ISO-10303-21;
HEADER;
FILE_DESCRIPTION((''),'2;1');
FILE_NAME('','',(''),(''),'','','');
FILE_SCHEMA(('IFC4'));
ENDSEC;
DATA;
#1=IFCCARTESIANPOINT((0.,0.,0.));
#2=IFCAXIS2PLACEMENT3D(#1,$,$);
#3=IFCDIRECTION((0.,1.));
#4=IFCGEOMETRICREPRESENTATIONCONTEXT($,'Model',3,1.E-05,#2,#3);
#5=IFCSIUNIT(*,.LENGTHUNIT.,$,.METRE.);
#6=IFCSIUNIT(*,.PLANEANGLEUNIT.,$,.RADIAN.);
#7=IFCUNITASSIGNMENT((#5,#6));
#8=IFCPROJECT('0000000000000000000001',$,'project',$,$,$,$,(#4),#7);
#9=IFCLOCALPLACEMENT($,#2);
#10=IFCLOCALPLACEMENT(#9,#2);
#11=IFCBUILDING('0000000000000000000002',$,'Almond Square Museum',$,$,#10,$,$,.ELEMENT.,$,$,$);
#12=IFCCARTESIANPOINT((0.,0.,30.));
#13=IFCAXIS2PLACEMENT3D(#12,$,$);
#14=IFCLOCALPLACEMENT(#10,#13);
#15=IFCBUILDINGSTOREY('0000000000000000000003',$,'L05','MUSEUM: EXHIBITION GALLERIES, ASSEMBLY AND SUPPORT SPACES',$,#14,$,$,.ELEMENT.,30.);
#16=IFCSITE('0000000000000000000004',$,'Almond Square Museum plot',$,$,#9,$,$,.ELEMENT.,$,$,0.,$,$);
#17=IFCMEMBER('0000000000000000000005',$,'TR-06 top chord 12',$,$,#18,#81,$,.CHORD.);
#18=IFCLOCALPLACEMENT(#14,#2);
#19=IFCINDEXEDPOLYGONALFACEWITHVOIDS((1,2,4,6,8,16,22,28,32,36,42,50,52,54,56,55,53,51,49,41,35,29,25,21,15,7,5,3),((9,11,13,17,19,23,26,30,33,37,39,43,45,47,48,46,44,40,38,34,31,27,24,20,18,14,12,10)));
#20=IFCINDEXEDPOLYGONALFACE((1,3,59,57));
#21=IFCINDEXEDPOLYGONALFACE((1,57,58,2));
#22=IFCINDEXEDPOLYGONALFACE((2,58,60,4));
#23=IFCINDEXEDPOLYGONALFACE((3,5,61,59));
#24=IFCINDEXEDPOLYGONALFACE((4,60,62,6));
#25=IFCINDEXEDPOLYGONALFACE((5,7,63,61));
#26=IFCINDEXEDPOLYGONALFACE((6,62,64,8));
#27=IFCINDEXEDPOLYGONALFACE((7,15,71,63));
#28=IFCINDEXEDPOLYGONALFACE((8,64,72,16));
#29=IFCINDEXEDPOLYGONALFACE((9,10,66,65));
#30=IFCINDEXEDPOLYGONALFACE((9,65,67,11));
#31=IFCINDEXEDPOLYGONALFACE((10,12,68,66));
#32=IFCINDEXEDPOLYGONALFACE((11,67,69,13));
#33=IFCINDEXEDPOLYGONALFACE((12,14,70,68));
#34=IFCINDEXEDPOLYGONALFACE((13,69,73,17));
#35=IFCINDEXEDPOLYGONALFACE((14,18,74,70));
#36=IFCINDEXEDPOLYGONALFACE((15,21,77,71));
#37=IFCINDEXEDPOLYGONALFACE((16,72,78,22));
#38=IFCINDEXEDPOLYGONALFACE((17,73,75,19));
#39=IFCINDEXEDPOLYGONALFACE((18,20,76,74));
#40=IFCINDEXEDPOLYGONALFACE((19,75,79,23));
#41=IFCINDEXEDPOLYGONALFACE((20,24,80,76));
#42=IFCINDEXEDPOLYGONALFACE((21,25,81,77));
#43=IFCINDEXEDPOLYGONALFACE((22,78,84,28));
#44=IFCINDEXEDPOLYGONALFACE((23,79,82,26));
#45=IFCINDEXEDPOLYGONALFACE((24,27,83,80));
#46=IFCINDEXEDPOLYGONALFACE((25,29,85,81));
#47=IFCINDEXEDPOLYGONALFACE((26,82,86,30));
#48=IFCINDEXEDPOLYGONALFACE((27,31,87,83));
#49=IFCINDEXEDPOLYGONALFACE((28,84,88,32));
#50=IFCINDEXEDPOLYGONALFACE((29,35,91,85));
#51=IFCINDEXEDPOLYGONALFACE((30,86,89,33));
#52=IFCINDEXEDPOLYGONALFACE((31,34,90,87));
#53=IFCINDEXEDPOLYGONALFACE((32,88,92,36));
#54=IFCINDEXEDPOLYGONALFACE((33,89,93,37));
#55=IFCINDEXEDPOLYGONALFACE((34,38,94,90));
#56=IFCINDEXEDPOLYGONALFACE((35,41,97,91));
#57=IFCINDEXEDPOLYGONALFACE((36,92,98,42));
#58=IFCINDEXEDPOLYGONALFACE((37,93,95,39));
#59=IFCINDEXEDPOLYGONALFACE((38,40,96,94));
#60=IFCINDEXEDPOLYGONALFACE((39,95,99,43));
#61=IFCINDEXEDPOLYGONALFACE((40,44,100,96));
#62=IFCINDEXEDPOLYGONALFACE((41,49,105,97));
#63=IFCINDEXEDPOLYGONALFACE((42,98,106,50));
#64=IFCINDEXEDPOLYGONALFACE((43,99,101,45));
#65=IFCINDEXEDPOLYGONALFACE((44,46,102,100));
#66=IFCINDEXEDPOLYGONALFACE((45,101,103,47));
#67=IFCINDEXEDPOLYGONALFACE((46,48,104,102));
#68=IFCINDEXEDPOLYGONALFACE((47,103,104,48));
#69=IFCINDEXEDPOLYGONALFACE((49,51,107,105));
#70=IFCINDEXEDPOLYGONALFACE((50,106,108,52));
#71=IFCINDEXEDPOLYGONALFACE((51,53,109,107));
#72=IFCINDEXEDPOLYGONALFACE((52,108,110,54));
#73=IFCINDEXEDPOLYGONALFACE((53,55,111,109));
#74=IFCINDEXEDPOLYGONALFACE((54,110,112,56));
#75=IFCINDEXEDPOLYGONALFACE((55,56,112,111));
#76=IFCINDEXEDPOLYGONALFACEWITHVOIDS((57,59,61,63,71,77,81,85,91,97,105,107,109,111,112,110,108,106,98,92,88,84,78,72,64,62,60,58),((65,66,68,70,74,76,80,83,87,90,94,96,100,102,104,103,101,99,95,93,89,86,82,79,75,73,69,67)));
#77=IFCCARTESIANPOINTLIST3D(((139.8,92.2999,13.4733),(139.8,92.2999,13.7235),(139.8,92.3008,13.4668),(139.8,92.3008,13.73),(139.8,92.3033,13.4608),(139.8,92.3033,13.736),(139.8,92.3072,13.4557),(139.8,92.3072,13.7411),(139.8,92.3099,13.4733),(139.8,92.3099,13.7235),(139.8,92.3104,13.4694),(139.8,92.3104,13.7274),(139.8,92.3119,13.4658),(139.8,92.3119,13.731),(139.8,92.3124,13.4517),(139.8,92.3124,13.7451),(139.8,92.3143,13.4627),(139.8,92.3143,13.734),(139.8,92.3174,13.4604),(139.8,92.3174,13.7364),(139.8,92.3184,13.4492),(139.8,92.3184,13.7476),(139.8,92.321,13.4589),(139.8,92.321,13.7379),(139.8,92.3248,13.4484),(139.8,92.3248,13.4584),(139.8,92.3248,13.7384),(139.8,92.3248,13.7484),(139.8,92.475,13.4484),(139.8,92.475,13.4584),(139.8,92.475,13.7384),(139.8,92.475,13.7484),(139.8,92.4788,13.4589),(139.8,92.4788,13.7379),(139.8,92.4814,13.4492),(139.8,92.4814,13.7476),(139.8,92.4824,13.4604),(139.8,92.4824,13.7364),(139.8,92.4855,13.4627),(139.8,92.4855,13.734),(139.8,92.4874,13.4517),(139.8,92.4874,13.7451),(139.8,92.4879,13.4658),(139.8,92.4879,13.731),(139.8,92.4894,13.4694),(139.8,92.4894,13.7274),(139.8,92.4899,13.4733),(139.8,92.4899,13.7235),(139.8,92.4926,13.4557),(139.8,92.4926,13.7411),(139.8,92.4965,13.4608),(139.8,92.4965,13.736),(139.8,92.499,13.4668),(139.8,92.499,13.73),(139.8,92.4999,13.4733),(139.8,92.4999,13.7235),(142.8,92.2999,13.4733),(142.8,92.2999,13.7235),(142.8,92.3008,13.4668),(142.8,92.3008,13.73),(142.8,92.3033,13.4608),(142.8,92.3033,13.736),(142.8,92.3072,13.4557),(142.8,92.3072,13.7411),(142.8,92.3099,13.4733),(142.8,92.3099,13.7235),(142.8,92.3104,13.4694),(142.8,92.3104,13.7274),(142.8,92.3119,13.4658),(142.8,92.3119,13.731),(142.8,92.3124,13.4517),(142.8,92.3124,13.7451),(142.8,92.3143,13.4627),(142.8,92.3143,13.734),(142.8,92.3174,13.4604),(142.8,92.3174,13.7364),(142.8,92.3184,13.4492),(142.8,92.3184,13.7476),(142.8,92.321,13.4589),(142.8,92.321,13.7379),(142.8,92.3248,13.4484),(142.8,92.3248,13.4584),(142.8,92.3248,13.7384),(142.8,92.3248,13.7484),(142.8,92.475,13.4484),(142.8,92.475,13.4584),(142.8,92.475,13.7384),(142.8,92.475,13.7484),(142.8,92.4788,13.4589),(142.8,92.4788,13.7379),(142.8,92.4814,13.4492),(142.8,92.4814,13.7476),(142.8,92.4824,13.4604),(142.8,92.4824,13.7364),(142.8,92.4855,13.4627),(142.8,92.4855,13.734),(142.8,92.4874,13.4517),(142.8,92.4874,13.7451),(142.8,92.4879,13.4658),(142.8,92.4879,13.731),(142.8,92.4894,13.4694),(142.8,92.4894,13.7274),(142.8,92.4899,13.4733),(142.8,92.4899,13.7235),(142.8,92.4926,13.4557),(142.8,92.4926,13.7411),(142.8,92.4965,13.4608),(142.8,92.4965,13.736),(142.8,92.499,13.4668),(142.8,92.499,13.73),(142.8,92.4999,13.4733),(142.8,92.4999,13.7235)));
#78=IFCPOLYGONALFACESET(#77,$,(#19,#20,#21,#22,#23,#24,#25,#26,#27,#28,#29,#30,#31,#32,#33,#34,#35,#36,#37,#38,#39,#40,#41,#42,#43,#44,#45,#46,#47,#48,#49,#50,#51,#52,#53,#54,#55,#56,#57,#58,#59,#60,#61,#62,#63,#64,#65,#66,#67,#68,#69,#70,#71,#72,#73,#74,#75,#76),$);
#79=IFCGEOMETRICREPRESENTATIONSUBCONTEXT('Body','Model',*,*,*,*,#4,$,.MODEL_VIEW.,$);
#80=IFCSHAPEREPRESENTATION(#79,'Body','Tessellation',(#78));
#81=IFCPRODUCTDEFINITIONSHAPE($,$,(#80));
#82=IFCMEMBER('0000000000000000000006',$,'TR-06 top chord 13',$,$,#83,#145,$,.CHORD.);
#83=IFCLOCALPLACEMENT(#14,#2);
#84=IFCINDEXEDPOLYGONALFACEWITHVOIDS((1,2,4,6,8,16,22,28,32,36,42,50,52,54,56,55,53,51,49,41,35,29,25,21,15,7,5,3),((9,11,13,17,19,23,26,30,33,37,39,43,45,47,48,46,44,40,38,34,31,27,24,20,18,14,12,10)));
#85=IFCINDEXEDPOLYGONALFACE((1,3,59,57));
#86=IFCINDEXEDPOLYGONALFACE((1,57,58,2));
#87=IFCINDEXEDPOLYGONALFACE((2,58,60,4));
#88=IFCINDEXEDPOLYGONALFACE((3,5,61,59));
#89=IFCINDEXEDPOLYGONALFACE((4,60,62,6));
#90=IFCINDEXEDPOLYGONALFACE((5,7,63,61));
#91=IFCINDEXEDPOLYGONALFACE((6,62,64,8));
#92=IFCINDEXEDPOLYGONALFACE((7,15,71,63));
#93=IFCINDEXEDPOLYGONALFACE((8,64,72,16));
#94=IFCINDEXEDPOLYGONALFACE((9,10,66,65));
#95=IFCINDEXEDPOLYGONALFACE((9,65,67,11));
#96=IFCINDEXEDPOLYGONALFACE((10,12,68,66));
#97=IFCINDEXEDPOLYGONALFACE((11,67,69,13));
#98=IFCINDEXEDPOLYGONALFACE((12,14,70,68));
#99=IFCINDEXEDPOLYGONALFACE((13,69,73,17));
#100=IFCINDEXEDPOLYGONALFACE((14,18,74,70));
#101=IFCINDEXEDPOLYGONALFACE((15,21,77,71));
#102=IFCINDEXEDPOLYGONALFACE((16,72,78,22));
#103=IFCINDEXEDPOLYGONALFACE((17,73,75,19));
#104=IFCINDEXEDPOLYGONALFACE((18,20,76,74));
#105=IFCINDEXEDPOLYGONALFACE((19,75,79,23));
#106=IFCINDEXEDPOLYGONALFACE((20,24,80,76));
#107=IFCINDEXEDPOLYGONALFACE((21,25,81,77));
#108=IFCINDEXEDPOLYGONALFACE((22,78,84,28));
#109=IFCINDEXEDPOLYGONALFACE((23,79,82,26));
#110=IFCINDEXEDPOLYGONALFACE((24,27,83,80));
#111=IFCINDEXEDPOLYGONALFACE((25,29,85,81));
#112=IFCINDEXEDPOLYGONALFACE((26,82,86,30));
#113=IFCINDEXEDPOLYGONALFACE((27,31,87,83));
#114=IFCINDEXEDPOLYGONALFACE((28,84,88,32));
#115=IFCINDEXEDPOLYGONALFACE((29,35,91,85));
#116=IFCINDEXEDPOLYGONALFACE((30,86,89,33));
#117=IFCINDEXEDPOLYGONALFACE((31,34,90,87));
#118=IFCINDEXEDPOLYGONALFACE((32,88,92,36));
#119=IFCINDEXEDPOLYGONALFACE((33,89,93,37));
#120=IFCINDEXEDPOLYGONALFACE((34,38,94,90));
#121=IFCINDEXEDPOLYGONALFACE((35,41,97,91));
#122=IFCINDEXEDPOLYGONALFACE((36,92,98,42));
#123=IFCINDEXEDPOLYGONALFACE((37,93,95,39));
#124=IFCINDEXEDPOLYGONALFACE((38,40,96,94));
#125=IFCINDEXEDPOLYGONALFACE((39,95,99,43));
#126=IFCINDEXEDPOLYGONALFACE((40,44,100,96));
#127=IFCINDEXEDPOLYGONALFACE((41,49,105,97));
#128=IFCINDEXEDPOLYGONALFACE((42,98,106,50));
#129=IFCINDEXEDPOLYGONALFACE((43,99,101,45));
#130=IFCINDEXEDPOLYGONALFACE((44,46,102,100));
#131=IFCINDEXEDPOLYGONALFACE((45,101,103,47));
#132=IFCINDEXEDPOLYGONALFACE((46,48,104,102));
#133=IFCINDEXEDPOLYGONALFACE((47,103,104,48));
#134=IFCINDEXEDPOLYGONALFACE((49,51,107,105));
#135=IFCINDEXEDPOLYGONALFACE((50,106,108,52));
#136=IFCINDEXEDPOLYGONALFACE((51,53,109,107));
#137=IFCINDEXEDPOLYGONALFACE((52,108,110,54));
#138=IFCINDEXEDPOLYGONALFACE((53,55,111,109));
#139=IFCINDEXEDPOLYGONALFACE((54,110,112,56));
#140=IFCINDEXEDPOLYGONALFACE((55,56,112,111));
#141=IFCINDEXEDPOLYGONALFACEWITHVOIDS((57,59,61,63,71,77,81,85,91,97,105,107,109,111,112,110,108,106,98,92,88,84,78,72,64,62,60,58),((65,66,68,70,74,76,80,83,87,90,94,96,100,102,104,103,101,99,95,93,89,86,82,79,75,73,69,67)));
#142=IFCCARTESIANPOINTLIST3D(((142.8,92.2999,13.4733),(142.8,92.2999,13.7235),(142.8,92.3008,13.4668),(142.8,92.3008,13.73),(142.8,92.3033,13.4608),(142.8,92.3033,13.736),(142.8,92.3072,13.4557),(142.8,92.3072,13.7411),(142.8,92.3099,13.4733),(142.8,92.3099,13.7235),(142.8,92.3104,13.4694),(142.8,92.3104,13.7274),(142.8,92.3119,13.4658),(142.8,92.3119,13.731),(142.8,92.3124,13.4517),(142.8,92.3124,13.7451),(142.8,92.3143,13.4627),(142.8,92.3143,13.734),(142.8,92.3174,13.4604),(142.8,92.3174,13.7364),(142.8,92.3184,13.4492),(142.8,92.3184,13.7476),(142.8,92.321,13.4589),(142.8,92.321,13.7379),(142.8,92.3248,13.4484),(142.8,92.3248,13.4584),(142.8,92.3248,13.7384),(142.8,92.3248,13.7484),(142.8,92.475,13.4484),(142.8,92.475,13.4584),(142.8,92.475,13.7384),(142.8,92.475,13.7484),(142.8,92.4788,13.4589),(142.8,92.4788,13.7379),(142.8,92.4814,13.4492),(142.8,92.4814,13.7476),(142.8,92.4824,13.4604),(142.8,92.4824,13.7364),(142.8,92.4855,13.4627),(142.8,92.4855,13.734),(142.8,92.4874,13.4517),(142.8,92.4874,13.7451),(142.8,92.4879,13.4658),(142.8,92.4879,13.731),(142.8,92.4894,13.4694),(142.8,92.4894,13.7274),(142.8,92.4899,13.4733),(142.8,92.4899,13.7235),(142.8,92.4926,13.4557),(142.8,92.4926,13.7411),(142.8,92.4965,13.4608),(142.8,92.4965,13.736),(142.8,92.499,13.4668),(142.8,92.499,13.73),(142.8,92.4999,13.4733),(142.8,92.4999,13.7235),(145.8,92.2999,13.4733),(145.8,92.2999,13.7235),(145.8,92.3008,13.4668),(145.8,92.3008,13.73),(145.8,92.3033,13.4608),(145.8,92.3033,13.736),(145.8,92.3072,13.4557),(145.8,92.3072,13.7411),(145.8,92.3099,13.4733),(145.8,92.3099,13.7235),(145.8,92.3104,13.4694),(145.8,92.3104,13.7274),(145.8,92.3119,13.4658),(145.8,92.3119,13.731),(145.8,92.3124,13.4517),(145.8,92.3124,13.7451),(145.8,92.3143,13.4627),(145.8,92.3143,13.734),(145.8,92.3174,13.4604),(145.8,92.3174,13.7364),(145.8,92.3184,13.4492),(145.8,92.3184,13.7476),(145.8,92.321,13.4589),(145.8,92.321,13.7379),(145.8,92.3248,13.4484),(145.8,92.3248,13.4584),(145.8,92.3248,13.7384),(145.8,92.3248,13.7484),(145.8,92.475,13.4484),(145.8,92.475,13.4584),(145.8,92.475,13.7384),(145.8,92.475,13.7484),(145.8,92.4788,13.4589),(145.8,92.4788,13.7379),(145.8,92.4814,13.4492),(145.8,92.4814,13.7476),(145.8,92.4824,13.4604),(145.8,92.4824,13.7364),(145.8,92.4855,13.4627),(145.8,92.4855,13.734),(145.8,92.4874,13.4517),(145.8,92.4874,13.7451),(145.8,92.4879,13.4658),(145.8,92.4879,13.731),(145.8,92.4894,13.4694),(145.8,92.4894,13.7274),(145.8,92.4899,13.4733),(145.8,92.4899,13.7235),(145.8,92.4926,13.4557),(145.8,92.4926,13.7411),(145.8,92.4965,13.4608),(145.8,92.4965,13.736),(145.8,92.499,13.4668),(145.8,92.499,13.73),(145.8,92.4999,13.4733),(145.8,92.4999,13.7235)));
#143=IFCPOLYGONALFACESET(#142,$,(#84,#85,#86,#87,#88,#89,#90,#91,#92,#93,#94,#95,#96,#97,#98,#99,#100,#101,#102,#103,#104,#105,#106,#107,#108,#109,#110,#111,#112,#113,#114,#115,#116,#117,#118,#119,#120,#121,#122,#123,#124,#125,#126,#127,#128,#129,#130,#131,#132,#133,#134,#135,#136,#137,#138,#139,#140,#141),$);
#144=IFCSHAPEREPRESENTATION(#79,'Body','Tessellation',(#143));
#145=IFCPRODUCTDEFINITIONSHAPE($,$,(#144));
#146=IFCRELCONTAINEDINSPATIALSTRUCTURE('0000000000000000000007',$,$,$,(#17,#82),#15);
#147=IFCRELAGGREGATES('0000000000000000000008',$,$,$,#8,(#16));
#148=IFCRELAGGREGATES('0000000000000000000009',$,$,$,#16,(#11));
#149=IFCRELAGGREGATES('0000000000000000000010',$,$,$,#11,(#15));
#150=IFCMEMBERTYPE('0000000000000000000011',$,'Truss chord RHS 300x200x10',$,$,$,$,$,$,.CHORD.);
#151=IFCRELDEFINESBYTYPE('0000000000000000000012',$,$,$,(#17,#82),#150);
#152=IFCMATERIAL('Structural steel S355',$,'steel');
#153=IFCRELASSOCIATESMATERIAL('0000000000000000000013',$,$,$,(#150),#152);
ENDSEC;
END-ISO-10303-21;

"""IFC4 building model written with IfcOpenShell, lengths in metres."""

from ifc_helpers import new_model, si_unit, direction, frame, origin, origin_2d, place, context, subcontext, project, spatial, hollow_rectangle, extrude, material, material_profile, profile_set, type_object, element, save


model = new_model("IFC4")

# Units and contexts
model_context = context("Model", 3, precision=1e-05, world=origin(), true_north=direction((0.0, 1.0)))
body_context = subcontext(model_context, "Body", "Model", "MODEL_VIEW")
ifc_project = project(units=[si_unit("LENGTHUNIT", "METRE"), si_unit("PLANEANGLEUNIT", "RADIAN")], contexts=[model_context])

# Site, building, storey
site_placement = place(None, origin())
site = spatial("IfcSite", under=ifc_project, at=site_placement, Name="Almond Square Museum plot", CompositionType="ELEMENT", RefElevation=0.0)
building_placement = place(site_placement, origin())
building = spatial("IfcBuilding", under=site, at=building_placement, Name="Almond Square Museum", CompositionType="ELEMENT")
storey_placement = place(building_placement, frame((0.0, 0.0, 30.0)))
storey = spatial("IfcBuildingStorey", under=building, at=storey_placement, Name="L05", Description="MUSEUM: EXHIBITION GALLERIES, ASSEMBLY AND SUPPORT SPACES", CompositionType="ELEMENT", Elevation=30.0)

# Members
ifc_material_1 = material(Name="Structural steel S355", Category="steel")
ifc_material_profile_1 = material_profile(ifc_material_1, hollow_rectangle(XDim=0.2, YDim=0.3, WallThickness=0.01, InnerFilletRadius=0.0149, OuterFilletRadius=0.0249, at=origin_2d()))
ifc_profile_set_1 = profile_set([ifc_material_profile_1], Name="Structural steel S355")
member_type_1 = type_object("IfcMemberType", Name="Truss chord RHS 300x200x10", PredefinedType="CHORD", material=ifc_profile_set_1)
for number, where, z_axis, x_axis, name in (
    (1, (139.8, 92.3999, 13.5984), (1.0, 0.0, 0.0), (0.0, 1.0, 0.0), "TR-06 top chord 12"),
    (2, (142.8, 92.3999, 13.5984), (1.0, 0.0, 0.0), (0.0, 1.0, 0.0), "TR-06 top chord 13"),
):
    element("IfcMember", number, at=place(storey_placement, frame(where, z_axis=z_axis, x_axis=x_axis)), inside=storey, type_object=member_type_1, Name=name, PredefinedType="CHORD", context=body_context, shape_type="SweptSolid", body=[
        extrude(hollow_rectangle(XDim=0.2, YDim=0.3, WallThickness=0.01, InnerFilletRadius=0.0149, OuterFilletRadius=0.0249, at=origin_2d()), origin(), (0.0, 0.0, 1.0), 3.0),
    ])

save(model, "model.ifc")
